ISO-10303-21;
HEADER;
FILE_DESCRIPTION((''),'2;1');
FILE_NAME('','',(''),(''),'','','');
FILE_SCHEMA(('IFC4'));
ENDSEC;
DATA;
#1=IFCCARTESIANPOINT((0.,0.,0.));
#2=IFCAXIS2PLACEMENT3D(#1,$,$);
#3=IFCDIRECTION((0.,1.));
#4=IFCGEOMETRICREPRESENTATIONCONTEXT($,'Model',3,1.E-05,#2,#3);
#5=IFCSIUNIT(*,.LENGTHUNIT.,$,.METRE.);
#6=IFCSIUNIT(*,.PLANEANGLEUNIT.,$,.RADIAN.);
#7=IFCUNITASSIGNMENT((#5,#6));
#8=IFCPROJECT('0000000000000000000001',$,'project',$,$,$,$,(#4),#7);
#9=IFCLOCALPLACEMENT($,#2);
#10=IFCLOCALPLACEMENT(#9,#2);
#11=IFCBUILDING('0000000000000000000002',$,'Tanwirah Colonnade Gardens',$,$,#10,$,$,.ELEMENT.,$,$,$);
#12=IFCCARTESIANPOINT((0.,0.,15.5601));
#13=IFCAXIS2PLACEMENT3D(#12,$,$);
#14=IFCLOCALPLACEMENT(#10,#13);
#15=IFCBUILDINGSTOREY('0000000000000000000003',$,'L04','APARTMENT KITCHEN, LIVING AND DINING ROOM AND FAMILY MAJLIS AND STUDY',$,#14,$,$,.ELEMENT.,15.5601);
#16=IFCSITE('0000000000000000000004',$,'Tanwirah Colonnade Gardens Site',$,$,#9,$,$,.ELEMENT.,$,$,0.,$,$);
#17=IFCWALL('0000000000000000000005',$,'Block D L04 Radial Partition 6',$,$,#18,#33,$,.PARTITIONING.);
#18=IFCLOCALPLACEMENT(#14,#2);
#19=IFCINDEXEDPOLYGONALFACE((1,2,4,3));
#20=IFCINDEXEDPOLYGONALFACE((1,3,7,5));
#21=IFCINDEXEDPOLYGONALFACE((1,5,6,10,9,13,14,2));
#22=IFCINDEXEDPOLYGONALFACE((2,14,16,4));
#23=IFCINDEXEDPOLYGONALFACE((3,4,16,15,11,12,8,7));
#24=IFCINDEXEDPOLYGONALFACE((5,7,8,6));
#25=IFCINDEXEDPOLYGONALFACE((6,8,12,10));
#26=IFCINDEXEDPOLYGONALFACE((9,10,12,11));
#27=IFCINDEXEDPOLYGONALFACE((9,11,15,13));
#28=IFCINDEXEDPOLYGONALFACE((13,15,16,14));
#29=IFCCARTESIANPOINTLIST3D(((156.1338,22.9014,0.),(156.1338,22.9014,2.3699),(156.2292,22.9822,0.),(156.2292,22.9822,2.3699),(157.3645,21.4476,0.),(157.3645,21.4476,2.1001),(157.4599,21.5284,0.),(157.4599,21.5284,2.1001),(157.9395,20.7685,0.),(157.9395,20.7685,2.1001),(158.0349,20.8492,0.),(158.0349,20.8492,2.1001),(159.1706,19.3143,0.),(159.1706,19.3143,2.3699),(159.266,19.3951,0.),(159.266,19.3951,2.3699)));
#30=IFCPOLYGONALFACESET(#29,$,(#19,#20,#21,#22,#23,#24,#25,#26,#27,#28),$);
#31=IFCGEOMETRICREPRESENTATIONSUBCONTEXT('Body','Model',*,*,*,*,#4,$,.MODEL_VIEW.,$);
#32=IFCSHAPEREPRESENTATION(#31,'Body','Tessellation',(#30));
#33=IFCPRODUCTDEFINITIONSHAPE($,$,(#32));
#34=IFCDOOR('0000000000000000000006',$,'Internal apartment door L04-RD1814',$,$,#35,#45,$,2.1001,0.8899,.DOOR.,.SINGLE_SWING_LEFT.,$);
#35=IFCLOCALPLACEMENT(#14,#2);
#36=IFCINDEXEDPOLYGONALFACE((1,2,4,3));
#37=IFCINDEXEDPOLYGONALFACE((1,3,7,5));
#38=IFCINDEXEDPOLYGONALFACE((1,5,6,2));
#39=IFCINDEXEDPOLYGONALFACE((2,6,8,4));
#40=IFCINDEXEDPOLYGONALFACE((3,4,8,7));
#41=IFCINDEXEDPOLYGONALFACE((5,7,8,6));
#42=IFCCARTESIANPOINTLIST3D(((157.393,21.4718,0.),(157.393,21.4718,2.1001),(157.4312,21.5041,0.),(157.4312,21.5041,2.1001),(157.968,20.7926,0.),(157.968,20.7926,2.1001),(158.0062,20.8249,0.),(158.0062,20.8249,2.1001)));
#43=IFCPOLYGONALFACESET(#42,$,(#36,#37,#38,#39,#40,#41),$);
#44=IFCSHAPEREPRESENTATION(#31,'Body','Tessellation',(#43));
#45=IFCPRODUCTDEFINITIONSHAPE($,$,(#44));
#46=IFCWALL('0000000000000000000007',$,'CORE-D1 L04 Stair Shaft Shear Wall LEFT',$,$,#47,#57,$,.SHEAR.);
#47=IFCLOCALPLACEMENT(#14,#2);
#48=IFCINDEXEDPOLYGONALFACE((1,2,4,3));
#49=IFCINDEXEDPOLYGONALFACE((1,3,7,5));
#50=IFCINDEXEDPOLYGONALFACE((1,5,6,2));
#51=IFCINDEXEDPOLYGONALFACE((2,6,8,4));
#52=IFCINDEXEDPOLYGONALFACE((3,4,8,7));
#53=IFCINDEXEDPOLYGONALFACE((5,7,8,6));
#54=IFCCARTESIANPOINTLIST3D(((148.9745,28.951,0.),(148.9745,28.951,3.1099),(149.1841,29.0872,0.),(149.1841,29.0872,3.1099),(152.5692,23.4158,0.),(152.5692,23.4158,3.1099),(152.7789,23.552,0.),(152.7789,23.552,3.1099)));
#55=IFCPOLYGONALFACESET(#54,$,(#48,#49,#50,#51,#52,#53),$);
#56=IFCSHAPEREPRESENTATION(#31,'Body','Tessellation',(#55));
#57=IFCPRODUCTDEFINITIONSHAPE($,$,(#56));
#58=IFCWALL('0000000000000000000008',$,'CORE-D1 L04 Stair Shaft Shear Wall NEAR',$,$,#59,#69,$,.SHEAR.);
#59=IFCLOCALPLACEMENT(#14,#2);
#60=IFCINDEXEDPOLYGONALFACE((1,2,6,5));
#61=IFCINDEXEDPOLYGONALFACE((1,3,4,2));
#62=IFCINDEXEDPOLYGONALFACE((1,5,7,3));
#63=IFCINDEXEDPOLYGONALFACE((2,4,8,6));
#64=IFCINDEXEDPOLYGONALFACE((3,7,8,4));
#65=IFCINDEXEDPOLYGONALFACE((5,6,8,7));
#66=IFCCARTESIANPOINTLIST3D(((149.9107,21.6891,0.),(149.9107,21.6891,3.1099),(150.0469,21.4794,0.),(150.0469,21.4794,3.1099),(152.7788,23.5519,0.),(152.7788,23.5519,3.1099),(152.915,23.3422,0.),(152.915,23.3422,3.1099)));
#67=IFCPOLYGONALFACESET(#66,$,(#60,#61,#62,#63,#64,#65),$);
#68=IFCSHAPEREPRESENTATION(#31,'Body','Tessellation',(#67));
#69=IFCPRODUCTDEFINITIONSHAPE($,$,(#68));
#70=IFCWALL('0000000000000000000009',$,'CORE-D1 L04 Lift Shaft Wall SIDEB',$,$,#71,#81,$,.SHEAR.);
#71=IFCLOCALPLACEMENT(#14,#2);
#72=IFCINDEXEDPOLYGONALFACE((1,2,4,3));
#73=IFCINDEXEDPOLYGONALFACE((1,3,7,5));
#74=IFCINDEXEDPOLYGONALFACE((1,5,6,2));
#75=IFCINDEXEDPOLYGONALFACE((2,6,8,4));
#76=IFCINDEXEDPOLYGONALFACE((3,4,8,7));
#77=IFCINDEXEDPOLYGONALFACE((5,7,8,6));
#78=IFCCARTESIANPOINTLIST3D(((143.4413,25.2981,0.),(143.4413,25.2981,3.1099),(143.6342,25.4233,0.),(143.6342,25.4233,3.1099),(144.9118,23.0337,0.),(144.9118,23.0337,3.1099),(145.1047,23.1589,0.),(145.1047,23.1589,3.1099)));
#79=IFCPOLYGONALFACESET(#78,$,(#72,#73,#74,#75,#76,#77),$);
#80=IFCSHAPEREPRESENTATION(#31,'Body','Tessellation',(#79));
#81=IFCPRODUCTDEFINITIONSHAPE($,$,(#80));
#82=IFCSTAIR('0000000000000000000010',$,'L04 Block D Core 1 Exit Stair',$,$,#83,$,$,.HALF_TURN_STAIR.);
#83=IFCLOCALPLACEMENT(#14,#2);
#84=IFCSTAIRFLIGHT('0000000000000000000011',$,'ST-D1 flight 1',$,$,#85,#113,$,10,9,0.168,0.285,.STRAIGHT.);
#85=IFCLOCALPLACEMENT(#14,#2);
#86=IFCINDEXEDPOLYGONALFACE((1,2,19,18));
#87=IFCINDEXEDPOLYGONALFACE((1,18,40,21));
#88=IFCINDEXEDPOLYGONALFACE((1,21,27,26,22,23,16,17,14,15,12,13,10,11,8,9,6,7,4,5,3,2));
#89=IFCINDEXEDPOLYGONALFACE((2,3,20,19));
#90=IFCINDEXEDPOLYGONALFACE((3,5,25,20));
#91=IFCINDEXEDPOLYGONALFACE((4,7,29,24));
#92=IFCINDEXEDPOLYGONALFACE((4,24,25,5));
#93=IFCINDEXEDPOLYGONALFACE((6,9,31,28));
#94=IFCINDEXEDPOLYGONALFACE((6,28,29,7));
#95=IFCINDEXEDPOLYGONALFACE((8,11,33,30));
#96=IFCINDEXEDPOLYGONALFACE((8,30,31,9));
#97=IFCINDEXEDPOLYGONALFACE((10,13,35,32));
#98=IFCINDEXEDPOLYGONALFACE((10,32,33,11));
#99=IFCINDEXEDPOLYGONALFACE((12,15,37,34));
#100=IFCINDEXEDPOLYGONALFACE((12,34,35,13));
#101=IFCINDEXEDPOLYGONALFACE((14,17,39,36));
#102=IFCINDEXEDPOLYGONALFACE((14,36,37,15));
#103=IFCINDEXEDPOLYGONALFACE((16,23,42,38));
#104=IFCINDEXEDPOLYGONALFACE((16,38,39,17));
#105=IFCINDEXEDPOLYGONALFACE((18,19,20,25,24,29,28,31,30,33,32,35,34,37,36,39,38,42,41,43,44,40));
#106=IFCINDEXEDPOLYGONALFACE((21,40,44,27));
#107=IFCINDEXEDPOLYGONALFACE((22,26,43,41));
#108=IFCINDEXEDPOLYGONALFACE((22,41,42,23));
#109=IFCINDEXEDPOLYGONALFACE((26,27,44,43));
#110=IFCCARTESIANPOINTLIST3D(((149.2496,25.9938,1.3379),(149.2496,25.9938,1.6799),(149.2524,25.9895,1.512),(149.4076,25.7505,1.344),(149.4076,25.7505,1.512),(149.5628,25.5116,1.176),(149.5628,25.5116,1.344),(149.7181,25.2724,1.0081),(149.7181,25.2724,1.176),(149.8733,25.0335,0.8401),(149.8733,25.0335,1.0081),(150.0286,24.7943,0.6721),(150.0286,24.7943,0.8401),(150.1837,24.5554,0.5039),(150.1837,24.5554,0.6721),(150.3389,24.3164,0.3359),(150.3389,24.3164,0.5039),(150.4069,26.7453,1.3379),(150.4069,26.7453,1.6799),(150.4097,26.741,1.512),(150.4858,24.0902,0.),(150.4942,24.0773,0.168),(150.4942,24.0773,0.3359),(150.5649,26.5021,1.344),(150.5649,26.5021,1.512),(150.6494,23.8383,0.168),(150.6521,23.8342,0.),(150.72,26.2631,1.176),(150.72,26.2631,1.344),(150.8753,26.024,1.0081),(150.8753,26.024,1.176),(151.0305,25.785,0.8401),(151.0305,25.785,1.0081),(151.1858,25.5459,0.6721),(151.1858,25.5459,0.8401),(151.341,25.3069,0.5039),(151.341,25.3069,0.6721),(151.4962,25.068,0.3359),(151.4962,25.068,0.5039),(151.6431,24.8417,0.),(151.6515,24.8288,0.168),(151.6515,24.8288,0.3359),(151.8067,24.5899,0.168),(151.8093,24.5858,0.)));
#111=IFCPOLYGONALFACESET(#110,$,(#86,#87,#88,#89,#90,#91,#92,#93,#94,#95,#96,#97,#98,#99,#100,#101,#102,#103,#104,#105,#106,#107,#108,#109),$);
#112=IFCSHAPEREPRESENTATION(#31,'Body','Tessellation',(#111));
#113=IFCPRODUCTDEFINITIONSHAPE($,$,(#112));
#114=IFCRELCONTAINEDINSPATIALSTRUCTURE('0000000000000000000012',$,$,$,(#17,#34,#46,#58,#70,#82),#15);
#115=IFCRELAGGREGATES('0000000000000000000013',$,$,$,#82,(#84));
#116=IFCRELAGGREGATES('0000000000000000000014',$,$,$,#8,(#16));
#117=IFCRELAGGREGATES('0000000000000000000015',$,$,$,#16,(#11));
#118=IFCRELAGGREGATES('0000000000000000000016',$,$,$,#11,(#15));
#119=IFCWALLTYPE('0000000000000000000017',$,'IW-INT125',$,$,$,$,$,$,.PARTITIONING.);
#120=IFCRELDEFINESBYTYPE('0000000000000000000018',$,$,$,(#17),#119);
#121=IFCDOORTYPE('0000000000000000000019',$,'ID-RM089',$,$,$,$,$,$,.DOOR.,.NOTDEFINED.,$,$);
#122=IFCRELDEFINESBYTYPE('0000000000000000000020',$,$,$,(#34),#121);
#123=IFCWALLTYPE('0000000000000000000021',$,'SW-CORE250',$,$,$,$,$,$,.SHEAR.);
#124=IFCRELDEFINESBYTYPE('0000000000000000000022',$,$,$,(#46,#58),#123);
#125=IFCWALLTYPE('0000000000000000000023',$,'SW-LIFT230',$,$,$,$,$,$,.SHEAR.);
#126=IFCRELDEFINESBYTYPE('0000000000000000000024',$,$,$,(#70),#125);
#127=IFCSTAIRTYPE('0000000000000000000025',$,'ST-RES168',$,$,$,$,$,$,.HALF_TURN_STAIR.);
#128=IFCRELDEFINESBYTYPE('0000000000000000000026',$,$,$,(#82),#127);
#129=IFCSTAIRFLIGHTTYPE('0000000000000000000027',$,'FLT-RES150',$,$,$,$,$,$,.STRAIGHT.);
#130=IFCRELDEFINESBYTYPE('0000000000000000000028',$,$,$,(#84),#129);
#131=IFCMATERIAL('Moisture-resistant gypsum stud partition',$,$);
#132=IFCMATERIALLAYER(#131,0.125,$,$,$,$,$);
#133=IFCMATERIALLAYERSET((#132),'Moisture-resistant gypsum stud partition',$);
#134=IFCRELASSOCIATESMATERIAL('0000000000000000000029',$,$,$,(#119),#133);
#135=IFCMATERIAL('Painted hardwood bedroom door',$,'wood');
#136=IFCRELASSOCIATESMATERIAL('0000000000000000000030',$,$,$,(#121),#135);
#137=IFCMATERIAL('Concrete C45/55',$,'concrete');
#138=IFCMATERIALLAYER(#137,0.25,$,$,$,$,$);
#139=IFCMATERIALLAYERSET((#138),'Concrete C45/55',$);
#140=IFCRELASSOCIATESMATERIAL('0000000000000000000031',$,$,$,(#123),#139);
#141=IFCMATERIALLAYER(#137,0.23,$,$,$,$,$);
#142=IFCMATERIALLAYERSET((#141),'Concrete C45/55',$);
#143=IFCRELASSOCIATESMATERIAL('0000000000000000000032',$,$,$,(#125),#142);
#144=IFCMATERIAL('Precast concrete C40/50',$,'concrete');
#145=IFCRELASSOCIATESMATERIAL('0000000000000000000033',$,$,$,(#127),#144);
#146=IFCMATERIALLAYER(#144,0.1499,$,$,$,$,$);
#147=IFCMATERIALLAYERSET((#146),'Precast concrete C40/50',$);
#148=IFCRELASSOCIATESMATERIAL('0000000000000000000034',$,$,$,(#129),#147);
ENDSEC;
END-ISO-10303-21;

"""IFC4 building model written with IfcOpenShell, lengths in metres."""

from ifc_helpers import new_model, si_unit, direction, frame, frame_2d, origin, place, context, subcontext, project, spatial, polyline, rectangle, outline, extrude, material, layer, layer_set, type_object, element, fill, aggregate, save


model = new_model("IFC4")

# Units and contexts
model_context = context("Model", 3, precision=1e-05, world=origin(), true_north=direction((0.0, 1.0)))
body_context = subcontext(model_context, "Body", "Model", "MODEL_VIEW")
ifc_project = project(units=[si_unit("LENGTHUNIT", "METRE"), si_unit("PLANEANGLEUNIT", "RADIAN")], contexts=[model_context])

# Site, building, storey
site_placement = place(None, origin())
site = spatial("IfcSite", under=ifc_project, at=site_placement, Name="Tanwirah Colonnade Gardens Site", CompositionType="ELEMENT", RefElevation=0.0)
building_placement = place(site_placement, origin())
building = spatial("IfcBuilding", under=site, at=building_placement, Name="Tanwirah Colonnade Gardens", CompositionType="ELEMENT")
storey_placement = place(building_placement, frame((0.0, 0.0, 15.5601)))
storey = spatial("IfcBuildingStorey", under=building, at=storey_placement, Name="L04", Description="APARTMENT KITCHEN, LIVING AND DINING ROOM AND FAMILY MAJLIS AND STUDY", CompositionType="ELEMENT", Elevation=15.5601)

# Shared definitions
ifc_material_1 = material(Name="Precast concrete C40/50", Category="concrete")

# Wall, opening, door
ifc_material_2 = material(Name="Moisture-resistant gypsum stud partition")
ifc_layer_1 = layer(ifc_material_2, 0.125)
ifc_layer_set_1 = layer_set([ifc_layer_1], Name="Moisture-resistant gypsum stud partition")
wall_type_1 = type_object("IfcWallType", Name="IW-INT125", PredefinedType="PARTITIONING", material=ifc_layer_set_1)
wall_1_placement = place(storey_placement, frame((156.1814, 22.9419, 0.0), z_axis=(0.0, 0.0, 1.0), x_axis=(0.646138, -0.763221, 0.0)))
wall_1 = element("IfcWall", 1, at=wall_1_placement, inside=storey, type_object=wall_type_1, Name="Block D L04 Radial Partition 6", PredefinedType="PARTITIONING", context=body_context, shape_type="SweptSolid", body=[
    extrude(rectangle(XDim=4.7, YDim=0.125, at=frame_2d((2.3501, 0.0))), origin(), (0.0, 0.0, 1.0), 2.3699),
])
opening_1_placement = place(wall_1_placement, frame((1.905, 0.0, 0.0)))
opening_1 = element("IfcOpeningElement", 2, at=opening_1_placement, cuts=wall_1, PredefinedType="OPENING", context=body_context, shape_type="SweptSolid", body=[
    extrude(rectangle(XDim=0.8899, YDim=2.1001, at=frame_2d((0.4448, 1.05))), frame((0.0, 0.0725, 0.0), z_axis=(0.0, -1.0, 0.0), x_axis=(1.0, 0.0, 0.0)), (0.0, 0.0, 1.0), 0.145),
])
ifc_material_3 = material(Name="Painted hardwood bedroom door", Category="wood")
door_type_1 = type_object("IfcDoorType", Name="ID-RM089", OperationType="NOTDEFINED", PredefinedType="DOOR", material=ifc_material_3)
door_1_placement = place(opening_1_placement, origin())
door_1 = element("IfcDoor", 3, at=door_1_placement, inside=storey, type_object=door_type_1, Name="Internal apartment door L04-RD1814", OperationType="SINGLE_SWING_LEFT", OverallHeight=2.1001, OverallWidth=0.8899, PredefinedType="DOOR", context=body_context, shape_type="SweptSolid", body=[
    extrude(rectangle(XDim=0.8899, YDim=2.1001, at=frame_2d((0.4448, 1.05))), frame((0.0, 0.0249, 0.0), z_axis=(0.0, -1.0, 0.0), x_axis=(1.0, 0.0, 0.0)), (0.0, 0.0, 1.0), 0.05),
])
fill(opening_1, door_1)

# Walls
ifc_material_4 = material(Name="Concrete C45/55", Category="concrete")
ifc_layer_2 = layer(ifc_material_4, 0.25)
ifc_layer_set_2 = layer_set([ifc_layer_2], Name="Concrete C45/55")
wall_type_2 = type_object("IfcWallType", Name="SW-CORE250", PredefinedType="SHEAR", material=ifc_layer_set_2)
wall_2_placement = place(storey_placement, frame((152.6741, 23.4839, 0.0), z_axis=(0.0, 0.0, 1.0), x_axis=(-0.544655, 0.83866, 0.0)))
element("IfcWall", 4, at=wall_2_placement, inside=storey, type_object=wall_type_2, Name="CORE-D1 L04 Stair Shaft Shear Wall LEFT", PredefinedType="SHEAR", context=body_context, shape_type="SweptSolid", body=[
    extrude(rectangle(XDim=6.6001, YDim=0.25, at=frame_2d((3.3, 0.0))), origin(), (0.0, 0.0, 1.0), 3.1099),
])
wall_3_placement = place(storey_placement, frame((152.8469, 23.447, 0.0), z_axis=(0.0, 0.0, 1.0), x_axis=(-0.838646, -0.544677, 0.0)))
element("IfcWall", 5, at=wall_3_placement, inside=storey, type_object=wall_type_2, Name="CORE-D1 L04 Stair Shaft Shear Wall NEAR", PredefinedType="SHEAR", context=body_context, shape_type="SweptSolid", body=[
    extrude(rectangle(XDim=3.4199, YDim=0.25, at=frame_2d((1.71, 0.0))), origin(), (0.0, 0.0, 1.0), 3.1099),
])

# Wall
ifc_layer_3 = layer(ifc_material_4, 0.23)
ifc_layer_set_3 = layer_set([ifc_layer_3], Name="Concrete C45/55")
wall_type_3 = type_object("IfcWallType", Name="SW-LIFT230", PredefinedType="SHEAR", material=ifc_layer_set_3)
wall_4_placement = place(storey_placement, frame((145.0083, 23.0962, 0.0), z_axis=(0.0, 0.0, 1.0), x_axis=(-0.544623, 0.838681, 0.0)))
element("IfcWall", 6, at=wall_4_placement, inside=storey, type_object=wall_type_3, Name="CORE-D1 L04 Lift Shaft Wall SIDEB", PredefinedType="SHEAR", context=body_context, shape_type="SweptSolid", body=[
    extrude(rectangle(XDim=2.7, YDim=0.23, at=frame_2d((1.3501, 0.0))), origin(), (0.0, 0.0, 1.0), 3.1099),
])

# Stair, stair flight
stair_type = type_object("IfcStairType", Name="ST-RES168", PredefinedType="HALF_TURN_STAIR", material=ifc_material_1)
stair_placement = place(storey_placement, origin())
stair = element("IfcStair", 7, at=stair_placement, inside=storey, type_object=stair_type, Name="L04 Block D Core 1 Exit Stair", PredefinedType="HALF_TURN_STAIR")
ifc_layer_4 = layer(ifc_material_1, 0.1499)
ifc_layer_set_4 = layer_set([ifc_layer_4], Name="Precast concrete C40/50")
stair_flight_type = type_object("IfcStairFlightType", Name="FLT-RES150", PredefinedType="STRAIGHT", material=ifc_layer_set_4)
stair_flight_placement = place(storey_placement, frame((151.228, 24.2141, 0.0), z_axis=(0.0, 0.0, 1.0), x_axis=(-0.544639, 0.838671, 0.0)))
stair_flight = element("IfcStairFlight", 8, at=stair_flight_placement, type_object=stair_flight_type, Name="ST-D1 flight 1", NumberOfRisers=10, NumberOfTreads=9, PredefinedType="STRAIGHT", RiserHeight=0.168, TreadLength=0.285, context=body_context, shape_type="SweptSolid", body=[
    extrude(outline(polyline([(-0.0049, 0.0), (0.0, 0.168), (0.2849, 0.168), (0.2849, 0.3359), (0.5701, 0.3359), (0.5701, 0.5039), (0.855, 0.5039), (0.855, 0.6721), (1.1399, 0.6721), (1.1399, 0.8401), (1.425, 0.8401), (1.425, 1.0081), (1.71, 1.0081), (1.71, 1.176), (1.9951, 1.176), (1.9951, 1.344), (2.28, 1.344), (2.28, 1.512), (2.5649, 1.512), (2.5701, 1.6799), (2.5701, 1.3379), (0.3003, 0.0), (-0.0049, 0.0)])), frame((0.0, 0.6899, 0.0), z_axis=(0.0, -1.0, 0.0), x_axis=(1.0, 0.0, 0.0)), (0.0, 0.0, 1.0), 1.3799),
])
aggregate(stair, [stair_flight])

save(model, "model.ifc")
